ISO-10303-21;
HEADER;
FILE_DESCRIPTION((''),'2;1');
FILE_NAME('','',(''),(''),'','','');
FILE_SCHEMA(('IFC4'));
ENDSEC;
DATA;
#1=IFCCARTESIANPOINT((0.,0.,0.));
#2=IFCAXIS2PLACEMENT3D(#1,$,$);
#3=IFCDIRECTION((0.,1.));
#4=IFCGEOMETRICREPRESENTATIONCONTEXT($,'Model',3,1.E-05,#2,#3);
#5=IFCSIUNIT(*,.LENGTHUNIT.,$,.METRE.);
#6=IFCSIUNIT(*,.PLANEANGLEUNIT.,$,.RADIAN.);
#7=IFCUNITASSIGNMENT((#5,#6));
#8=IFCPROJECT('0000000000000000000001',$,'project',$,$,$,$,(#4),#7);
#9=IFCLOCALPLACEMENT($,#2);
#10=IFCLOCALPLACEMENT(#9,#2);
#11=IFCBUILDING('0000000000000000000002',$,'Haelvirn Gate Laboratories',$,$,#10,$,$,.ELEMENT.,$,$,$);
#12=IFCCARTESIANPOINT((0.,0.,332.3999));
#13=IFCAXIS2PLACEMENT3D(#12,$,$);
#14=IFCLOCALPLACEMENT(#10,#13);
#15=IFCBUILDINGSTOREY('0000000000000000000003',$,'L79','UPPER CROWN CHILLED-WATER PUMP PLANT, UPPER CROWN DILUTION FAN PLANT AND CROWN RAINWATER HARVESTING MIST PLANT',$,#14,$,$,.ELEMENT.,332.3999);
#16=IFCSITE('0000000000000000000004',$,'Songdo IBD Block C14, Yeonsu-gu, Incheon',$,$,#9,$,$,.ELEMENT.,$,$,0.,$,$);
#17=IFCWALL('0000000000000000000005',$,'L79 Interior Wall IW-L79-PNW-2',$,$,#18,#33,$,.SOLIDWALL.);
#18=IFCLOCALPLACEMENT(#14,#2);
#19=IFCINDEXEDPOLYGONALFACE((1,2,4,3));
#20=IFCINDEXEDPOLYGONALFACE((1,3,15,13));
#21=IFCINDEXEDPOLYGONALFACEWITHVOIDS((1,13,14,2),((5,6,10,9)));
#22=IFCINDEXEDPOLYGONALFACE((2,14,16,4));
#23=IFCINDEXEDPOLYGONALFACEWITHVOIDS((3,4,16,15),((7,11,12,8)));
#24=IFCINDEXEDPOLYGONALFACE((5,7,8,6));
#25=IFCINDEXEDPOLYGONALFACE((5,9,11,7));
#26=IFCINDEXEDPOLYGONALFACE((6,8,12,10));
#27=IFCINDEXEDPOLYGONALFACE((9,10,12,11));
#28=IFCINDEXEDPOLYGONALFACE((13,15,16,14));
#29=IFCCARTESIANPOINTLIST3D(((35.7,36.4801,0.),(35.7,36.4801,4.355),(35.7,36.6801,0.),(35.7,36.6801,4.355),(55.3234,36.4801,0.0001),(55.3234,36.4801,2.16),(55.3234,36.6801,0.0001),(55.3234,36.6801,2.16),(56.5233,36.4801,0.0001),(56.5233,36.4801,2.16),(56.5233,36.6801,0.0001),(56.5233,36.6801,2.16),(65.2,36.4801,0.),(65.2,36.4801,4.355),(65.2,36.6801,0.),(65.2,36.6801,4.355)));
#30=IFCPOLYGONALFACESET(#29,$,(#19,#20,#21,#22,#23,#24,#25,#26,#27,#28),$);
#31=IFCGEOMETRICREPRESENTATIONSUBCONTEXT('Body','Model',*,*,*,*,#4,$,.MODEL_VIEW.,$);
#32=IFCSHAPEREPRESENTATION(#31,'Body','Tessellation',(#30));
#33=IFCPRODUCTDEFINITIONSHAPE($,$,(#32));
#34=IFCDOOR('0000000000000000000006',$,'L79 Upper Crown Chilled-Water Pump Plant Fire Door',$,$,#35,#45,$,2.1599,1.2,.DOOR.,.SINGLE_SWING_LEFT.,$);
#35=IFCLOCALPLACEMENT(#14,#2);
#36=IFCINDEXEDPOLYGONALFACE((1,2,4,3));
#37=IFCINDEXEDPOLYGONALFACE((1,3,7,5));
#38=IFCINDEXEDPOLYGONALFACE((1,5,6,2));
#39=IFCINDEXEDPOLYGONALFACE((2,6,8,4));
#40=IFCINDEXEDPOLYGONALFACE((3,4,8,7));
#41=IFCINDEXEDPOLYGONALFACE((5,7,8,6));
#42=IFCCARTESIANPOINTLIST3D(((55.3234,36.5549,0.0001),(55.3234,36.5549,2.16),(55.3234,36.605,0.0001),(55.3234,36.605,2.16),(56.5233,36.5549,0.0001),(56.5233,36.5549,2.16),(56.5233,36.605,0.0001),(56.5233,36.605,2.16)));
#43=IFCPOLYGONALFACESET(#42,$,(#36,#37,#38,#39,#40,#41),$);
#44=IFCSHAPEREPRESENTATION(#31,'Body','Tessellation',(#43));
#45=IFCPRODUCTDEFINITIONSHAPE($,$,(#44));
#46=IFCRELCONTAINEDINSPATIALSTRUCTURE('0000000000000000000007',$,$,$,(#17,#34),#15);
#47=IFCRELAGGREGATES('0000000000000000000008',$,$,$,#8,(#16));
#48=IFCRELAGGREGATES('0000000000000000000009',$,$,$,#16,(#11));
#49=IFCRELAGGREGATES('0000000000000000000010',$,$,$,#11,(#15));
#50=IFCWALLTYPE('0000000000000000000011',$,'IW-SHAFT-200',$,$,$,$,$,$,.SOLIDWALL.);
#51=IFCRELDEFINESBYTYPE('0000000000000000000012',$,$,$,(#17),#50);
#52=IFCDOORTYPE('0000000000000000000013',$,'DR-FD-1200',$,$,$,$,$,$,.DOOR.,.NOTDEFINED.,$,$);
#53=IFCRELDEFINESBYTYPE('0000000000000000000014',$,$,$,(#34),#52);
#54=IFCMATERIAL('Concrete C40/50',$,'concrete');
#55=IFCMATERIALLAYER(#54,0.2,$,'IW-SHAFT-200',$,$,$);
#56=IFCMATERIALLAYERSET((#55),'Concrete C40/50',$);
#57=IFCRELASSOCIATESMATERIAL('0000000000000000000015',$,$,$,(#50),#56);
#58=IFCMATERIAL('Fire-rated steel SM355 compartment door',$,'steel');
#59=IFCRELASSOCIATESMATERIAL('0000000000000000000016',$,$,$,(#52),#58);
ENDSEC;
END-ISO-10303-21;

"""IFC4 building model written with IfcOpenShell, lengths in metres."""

from ifc_helpers import new_model, si_unit, direction, frame, frame_2d, origin, place, context, subcontext, project, spatial, rectangle, extrude, source, transform, mapped, material, layer, layer_set, type_object, type_shapes, element, fill, save


model = new_model("IFC4")

# Units and contexts
model_context = context("Model", 3, precision=1e-05, world=origin(), true_north=direction((0.0, 1.0)))
body_context = subcontext(model_context, "Body", "Model", "MODEL_VIEW")
ifc_project = project(units=[si_unit("LENGTHUNIT", "METRE"), si_unit("PLANEANGLEUNIT", "RADIAN")], contexts=[model_context])

# Site, building, storey
site_placement = place(None, origin())
site = spatial("IfcSite", under=ifc_project, at=site_placement, Name="Songdo IBD Block C14, Yeonsu-gu, Incheon", CompositionType="ELEMENT", RefElevation=0.0)
building_placement = place(site_placement, origin())
building = spatial("IfcBuilding", under=site, at=building_placement, Name="Haelvirn Gate Laboratories", CompositionType="ELEMENT")
storey_placement = place(building_placement, frame((0.0, 0.0, 332.3999)))
storey = spatial("IfcBuildingStorey", under=building, at=storey_placement, Name="L79", Description="UPPER CROWN CHILLED-WATER PUMP PLANT, UPPER CROWN DILUTION FAN PLANT AND CROWN RAINWATER HARVESTING MIST PLANT", CompositionType="ELEMENT", Elevation=332.3999)

# Wall, opening, door
ifc_material_1 = material(Name="Concrete C40/50", Category="concrete")
ifc_layer_1 = layer(ifc_material_1, 0.2, Name="IW-SHAFT-200")
ifc_layer_set_1 = layer_set([ifc_layer_1], Name="Concrete C40/50")
wall_type = type_object("IfcWallType", Name="IW-SHAFT-200", PredefinedType="SOLIDWALL", material=ifc_layer_set_1)
wall_placement = place(storey_placement, frame((35.7, 36.5801, 0.0), z_axis=(0.0, 0.0, 1.0), x_axis=(1.0, 0.0, 0.0)))
wall = element("IfcWall", 1, at=wall_placement, inside=storey, type_object=wall_type, Name="L79 Interior Wall IW-L79-PNW-2", PredefinedType="SOLIDWALL", context=body_context, shape_type="SweptSolid", body=[
    extrude(rectangle(XDim=29.5, YDim=0.2, at=frame_2d((14.75, 0.0))), origin(), (0.0, 0.0, 1.0), 4.355),
])
opening_placement = place(wall_placement, frame((19.6233, 0.0, 0.0)))
opening = element("IfcOpeningElement", 2, at=opening_placement, cuts=wall, PredefinedType="OPENING", context=body_context, shape_type="SweptSolid", body=[
    extrude(rectangle(XDim=1.2, YDim=2.1599, at=frame_2d((0.6001, 1.0801))), frame((0.0, 0.1099, 0.0), z_axis=(0.0, -1.0, 0.0), x_axis=(1.0, 0.0, 0.0)), (0.0, 0.0, 1.0), 0.22),
])
ifc_material_2 = material(Name="Fire-rated steel SM355 compartment door", Category="steel")
door_type = type_object("IfcDoorType", Name="DR-FD-1200", OperationType="NOTDEFINED", PredefinedType="DOOR", material=ifc_material_2)
shared_shape_1 = source(origin(), body_context, "Body", "SweptSolid", [
    extrude(rectangle(XDim=1.2, YDim=2.1599, at=frame_2d((0.6001, 1.0801))), frame((0.0, 0.0249, 0.0), z_axis=(0.0, -1.0, 0.0), x_axis=(1.0, 0.0, 0.0)), (0.0, 0.0, 1.0), 0.05),
])
type_shapes(door_type, [shared_shape_1])
door_placement = place(opening_placement, origin())
door = element("IfcDoor", 3, at=door_placement, inside=storey, type_object=door_type, Name="L79 Upper Crown Chilled-Water Pump Plant Fire Door", OperationType="SINGLE_SWING_LEFT", OverallHeight=2.1599, OverallWidth=1.2, PredefinedType="DOOR", context=body_context, shape_type="MappedRepresentation", body=[
    mapped(shared_shape_1, transform((0.0, 0.0, 0.0), scale=1.0)),
])
fill(opening, door)

save(model, "model.ifc")
